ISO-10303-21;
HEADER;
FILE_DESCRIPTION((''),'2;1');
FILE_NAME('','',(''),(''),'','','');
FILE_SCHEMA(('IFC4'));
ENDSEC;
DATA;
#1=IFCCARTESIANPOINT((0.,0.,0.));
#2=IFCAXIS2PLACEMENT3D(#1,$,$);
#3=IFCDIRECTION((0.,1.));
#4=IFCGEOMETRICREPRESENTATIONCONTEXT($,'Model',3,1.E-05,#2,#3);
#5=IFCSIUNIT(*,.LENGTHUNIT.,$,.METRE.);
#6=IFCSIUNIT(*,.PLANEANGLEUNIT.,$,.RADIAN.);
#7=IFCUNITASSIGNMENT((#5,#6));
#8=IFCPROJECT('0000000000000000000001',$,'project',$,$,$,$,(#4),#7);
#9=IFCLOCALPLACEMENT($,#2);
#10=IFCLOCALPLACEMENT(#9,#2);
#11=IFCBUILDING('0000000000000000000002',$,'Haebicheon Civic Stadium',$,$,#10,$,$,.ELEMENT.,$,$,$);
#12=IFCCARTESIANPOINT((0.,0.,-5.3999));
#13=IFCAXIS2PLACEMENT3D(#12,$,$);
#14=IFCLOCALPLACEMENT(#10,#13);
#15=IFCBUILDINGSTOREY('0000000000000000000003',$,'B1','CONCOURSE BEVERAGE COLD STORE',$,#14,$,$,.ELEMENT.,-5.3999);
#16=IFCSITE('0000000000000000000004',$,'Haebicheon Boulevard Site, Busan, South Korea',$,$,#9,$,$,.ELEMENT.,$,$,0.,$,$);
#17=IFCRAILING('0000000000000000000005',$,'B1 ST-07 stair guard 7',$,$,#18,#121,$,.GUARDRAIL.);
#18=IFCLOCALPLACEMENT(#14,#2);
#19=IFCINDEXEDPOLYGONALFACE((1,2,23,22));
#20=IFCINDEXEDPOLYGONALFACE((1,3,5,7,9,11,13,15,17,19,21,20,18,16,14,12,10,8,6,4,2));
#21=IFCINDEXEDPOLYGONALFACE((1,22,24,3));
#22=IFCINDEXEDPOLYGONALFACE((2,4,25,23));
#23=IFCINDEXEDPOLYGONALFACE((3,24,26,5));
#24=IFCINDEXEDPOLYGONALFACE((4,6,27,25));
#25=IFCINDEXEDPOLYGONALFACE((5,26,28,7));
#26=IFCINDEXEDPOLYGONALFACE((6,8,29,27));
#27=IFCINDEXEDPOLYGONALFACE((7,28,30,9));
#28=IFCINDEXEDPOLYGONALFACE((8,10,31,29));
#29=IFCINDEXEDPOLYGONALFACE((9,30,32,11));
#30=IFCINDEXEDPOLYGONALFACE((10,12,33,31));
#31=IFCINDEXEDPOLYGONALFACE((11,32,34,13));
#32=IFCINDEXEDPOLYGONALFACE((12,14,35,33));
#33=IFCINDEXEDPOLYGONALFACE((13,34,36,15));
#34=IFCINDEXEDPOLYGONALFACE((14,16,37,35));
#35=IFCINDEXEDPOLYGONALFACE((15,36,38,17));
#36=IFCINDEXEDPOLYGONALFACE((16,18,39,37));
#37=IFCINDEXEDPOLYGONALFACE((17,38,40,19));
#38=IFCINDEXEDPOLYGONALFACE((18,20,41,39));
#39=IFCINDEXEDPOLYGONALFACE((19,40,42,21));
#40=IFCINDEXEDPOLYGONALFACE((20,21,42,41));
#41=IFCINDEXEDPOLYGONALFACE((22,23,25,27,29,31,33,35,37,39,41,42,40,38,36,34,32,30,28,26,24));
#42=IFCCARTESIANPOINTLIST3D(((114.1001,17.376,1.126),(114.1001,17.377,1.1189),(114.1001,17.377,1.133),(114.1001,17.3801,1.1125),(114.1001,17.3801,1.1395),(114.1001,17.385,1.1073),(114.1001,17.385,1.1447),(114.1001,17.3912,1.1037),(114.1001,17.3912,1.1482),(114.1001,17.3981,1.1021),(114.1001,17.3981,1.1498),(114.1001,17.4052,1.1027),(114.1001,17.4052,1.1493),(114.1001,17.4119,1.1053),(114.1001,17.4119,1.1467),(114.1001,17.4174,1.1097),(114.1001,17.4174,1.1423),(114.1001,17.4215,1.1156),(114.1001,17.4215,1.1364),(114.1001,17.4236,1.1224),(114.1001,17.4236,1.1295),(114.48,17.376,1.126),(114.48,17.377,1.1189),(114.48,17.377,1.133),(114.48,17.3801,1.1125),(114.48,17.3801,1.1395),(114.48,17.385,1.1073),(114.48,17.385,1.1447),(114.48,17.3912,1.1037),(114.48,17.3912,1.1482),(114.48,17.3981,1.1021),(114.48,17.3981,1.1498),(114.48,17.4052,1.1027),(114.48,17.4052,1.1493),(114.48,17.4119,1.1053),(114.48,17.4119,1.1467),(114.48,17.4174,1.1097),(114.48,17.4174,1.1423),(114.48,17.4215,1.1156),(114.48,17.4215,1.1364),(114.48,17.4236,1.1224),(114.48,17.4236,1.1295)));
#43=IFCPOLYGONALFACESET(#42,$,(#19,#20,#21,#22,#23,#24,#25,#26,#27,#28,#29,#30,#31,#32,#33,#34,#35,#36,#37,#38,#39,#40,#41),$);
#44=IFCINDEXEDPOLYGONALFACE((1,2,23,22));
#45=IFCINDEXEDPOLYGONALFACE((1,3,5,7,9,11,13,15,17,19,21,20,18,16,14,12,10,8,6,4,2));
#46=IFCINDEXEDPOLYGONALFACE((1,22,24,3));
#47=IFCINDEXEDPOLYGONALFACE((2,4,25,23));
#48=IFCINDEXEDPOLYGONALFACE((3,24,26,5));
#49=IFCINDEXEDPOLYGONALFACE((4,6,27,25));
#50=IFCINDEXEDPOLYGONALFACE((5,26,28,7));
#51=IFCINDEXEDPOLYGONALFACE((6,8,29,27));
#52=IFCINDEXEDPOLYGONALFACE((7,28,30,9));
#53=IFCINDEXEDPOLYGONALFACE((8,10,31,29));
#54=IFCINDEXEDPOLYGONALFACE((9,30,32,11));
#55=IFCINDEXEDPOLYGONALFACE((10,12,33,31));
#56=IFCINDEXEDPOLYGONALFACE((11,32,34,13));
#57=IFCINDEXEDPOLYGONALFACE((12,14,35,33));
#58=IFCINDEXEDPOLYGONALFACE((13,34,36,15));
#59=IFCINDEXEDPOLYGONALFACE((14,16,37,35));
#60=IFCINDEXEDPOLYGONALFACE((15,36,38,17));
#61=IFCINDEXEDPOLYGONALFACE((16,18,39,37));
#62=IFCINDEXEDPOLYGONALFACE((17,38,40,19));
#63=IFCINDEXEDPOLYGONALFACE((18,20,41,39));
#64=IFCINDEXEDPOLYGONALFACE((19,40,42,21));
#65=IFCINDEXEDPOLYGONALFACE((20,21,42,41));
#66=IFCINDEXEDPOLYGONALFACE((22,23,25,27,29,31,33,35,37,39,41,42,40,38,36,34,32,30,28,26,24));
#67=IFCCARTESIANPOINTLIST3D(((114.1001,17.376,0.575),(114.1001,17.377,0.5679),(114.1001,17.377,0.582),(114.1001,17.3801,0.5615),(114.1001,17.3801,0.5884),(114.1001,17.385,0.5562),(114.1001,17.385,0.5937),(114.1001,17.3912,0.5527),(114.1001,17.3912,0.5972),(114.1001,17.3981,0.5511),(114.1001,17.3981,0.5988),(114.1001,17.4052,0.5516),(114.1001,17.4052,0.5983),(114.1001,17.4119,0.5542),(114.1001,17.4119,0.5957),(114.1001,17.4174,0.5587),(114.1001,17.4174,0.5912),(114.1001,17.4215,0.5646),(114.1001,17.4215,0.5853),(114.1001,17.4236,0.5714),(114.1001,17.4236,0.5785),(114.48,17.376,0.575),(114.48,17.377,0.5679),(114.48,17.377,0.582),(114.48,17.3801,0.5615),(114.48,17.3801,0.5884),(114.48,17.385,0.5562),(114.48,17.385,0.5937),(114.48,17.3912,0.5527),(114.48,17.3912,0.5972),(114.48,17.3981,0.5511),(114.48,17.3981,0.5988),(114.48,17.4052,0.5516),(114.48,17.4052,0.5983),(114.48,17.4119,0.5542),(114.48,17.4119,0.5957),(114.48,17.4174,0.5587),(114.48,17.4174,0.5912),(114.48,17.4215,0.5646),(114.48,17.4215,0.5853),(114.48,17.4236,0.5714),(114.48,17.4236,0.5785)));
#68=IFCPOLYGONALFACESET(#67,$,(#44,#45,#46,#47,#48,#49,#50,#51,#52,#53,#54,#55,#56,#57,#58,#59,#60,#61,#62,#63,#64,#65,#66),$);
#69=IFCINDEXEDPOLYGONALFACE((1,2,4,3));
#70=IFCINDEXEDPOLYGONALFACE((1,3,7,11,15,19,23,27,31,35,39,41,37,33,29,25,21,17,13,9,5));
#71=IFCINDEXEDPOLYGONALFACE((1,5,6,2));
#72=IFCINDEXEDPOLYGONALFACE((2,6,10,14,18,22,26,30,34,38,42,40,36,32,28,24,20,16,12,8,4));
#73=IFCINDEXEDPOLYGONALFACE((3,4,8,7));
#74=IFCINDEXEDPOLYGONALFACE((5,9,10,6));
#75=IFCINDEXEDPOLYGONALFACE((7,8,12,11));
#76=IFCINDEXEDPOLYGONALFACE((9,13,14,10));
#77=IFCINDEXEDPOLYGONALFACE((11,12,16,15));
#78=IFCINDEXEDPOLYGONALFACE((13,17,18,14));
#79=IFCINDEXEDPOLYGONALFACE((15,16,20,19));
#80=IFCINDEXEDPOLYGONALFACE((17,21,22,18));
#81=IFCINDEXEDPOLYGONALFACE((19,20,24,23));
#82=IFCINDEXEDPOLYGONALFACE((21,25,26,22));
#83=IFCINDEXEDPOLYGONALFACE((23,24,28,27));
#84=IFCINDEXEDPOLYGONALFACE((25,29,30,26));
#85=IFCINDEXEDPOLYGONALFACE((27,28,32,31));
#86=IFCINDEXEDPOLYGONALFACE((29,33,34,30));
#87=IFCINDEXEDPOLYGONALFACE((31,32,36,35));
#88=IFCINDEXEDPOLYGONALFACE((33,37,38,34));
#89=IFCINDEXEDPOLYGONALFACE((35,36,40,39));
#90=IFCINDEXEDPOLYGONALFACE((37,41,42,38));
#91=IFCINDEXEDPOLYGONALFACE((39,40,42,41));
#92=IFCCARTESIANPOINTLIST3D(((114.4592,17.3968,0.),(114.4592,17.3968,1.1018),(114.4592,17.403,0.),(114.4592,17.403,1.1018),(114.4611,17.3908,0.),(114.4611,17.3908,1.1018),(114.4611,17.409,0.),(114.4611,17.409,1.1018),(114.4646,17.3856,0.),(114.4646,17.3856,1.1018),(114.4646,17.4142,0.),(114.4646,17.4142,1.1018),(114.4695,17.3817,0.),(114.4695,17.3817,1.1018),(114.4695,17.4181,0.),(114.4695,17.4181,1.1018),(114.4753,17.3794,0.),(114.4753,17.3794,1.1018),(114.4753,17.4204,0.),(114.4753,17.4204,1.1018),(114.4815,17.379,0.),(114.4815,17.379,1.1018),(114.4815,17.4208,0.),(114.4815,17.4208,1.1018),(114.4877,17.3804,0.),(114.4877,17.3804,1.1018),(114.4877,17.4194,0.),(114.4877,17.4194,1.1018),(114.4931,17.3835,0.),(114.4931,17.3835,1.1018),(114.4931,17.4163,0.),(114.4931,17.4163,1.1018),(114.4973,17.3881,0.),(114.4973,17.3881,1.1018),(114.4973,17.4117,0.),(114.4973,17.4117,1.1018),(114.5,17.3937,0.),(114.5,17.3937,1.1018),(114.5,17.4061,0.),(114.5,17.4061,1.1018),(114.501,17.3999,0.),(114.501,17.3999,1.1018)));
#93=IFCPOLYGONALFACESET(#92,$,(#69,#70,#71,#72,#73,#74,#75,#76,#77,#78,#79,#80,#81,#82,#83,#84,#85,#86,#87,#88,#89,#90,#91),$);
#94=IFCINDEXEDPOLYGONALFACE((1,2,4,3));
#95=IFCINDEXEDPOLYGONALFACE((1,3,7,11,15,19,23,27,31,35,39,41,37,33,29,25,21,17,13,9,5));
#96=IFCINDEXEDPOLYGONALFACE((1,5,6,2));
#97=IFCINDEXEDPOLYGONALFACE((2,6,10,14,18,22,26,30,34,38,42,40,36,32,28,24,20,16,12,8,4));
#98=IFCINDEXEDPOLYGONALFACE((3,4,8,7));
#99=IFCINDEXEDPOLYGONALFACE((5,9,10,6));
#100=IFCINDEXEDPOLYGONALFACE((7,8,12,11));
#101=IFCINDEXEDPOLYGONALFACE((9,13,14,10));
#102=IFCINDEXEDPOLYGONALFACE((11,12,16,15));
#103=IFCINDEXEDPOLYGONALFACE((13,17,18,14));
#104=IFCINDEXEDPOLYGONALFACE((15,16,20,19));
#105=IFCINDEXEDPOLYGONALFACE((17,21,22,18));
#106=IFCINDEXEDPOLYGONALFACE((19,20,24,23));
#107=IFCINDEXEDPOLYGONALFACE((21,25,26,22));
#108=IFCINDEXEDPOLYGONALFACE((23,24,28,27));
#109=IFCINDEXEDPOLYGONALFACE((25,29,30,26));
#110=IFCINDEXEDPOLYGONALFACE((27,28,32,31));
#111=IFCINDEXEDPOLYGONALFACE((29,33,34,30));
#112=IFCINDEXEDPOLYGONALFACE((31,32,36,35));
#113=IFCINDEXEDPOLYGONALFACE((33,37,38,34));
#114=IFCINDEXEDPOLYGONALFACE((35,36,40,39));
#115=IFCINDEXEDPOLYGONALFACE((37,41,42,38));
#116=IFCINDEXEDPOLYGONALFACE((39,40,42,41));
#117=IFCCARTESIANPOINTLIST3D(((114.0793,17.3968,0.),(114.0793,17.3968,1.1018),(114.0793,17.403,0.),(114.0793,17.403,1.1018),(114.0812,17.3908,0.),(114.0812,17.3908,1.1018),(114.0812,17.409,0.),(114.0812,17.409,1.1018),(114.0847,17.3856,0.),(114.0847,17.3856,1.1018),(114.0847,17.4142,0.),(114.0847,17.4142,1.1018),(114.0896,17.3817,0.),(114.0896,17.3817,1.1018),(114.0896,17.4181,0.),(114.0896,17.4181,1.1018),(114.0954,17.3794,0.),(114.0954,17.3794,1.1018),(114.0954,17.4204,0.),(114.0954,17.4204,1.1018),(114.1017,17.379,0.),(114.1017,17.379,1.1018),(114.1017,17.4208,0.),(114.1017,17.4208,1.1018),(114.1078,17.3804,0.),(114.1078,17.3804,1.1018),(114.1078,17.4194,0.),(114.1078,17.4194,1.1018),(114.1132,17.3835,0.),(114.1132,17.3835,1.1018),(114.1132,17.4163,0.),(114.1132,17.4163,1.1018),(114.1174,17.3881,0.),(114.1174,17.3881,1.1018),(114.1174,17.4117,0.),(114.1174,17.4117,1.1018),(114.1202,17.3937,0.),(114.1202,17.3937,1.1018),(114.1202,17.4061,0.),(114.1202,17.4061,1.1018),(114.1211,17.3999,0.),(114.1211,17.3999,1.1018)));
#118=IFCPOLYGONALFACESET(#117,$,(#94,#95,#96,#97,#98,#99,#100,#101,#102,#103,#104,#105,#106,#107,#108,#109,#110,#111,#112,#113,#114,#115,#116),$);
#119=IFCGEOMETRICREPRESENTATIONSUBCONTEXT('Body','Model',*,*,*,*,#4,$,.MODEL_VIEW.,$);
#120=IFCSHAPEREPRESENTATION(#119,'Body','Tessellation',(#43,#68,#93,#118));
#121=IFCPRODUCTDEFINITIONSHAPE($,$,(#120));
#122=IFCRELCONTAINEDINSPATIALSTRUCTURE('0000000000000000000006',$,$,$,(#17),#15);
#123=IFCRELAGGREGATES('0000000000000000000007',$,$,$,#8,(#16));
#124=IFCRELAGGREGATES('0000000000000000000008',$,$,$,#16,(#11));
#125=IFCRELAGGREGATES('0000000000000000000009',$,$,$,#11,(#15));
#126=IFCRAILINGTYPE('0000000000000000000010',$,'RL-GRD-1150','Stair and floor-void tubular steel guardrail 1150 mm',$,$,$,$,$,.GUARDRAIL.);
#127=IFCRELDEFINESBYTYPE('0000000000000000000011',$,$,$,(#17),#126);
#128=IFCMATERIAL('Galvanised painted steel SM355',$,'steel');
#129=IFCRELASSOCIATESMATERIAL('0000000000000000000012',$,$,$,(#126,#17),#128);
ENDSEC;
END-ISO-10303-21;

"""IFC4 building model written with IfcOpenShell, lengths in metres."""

from ifc_helpers import new_model, si_unit, direction, frame, origin, origin_2d, place, context, subcontext, project, spatial, circle, extrude, material, type_object, element, save


model = new_model("IFC4")

# Units and contexts
model_context = context("Model", 3, precision=1e-05, world=origin(), true_north=direction((0.0, 1.0)))
body_context = subcontext(model_context, "Body", "Model", "MODEL_VIEW")
ifc_project = project(units=[si_unit("LENGTHUNIT", "METRE"), si_unit("PLANEANGLEUNIT", "RADIAN")], contexts=[model_context])

# Site, building, storey
site_placement = place(None, origin())
site = spatial("IfcSite", under=ifc_project, at=site_placement, Name="Haebicheon Boulevard Site, Busan, South Korea", CompositionType="ELEMENT", RefElevation=0.0)
building_placement = place(site_placement, origin())
building = spatial("IfcBuilding", under=site, at=building_placement, Name="Haebicheon Civic Stadium", CompositionType="ELEMENT")
storey_placement = place(building_placement, frame((0.0, 0.0, -5.3999)))
storey = spatial("IfcBuildingStorey", under=building, at=storey_placement, Name="B1", Description="CONCOURSE BEVERAGE COLD STORE", CompositionType="ELEMENT", Elevation=-5.3999)

# Railing
ifc_material_1 = material(Name="Galvanised painted steel SM355", Category="steel")
railing_type_1 = type_object("IfcRailingType", Name="RL-GRD-1150", Description="Stair and floor-void tubular steel guardrail 1150 mm", PredefinedType="GUARDRAIL", material=ifc_material_1)
railing_1_placement = place(storey_placement, frame((114.48, 17.3999, 0.0)))
element("IfcRailing", 1, at=railing_1_placement, inside=storey, type_object=railing_type_1, material=ifc_material_1, Name="B1 ST-07 stair guard 7", PredefinedType="GUARDRAIL", context=body_context, shape_type="SweptSolid", body=[
    extrude(circle(Radius=0.0239, at=origin_2d()), frame((0.0, 0.0, 1.126), z_axis=(-1.0, 0.0, 0.0), x_axis=(0.0, -1.0, 0.0)), (0.0, 0.0, 1.0), 0.3799),
    extrude(circle(Radius=0.0239, at=origin_2d()), frame((0.0, 0.0, 0.575), z_axis=(-1.0, 0.0, 0.0), x_axis=(0.0, -1.0, 0.0)), (0.0, 0.0, 1.0), 0.3799),
    extrude(circle(Radius=0.021, at=origin_2d()), origin(), (0.0, 0.0, 1.0), 1.1018),
    extrude(circle(Radius=0.021, at=origin_2d()), frame((-0.3799, 0.0, 0.0)), (0.0, 0.0, 1.0), 1.1018),
])

save(model, "model.ifc")
